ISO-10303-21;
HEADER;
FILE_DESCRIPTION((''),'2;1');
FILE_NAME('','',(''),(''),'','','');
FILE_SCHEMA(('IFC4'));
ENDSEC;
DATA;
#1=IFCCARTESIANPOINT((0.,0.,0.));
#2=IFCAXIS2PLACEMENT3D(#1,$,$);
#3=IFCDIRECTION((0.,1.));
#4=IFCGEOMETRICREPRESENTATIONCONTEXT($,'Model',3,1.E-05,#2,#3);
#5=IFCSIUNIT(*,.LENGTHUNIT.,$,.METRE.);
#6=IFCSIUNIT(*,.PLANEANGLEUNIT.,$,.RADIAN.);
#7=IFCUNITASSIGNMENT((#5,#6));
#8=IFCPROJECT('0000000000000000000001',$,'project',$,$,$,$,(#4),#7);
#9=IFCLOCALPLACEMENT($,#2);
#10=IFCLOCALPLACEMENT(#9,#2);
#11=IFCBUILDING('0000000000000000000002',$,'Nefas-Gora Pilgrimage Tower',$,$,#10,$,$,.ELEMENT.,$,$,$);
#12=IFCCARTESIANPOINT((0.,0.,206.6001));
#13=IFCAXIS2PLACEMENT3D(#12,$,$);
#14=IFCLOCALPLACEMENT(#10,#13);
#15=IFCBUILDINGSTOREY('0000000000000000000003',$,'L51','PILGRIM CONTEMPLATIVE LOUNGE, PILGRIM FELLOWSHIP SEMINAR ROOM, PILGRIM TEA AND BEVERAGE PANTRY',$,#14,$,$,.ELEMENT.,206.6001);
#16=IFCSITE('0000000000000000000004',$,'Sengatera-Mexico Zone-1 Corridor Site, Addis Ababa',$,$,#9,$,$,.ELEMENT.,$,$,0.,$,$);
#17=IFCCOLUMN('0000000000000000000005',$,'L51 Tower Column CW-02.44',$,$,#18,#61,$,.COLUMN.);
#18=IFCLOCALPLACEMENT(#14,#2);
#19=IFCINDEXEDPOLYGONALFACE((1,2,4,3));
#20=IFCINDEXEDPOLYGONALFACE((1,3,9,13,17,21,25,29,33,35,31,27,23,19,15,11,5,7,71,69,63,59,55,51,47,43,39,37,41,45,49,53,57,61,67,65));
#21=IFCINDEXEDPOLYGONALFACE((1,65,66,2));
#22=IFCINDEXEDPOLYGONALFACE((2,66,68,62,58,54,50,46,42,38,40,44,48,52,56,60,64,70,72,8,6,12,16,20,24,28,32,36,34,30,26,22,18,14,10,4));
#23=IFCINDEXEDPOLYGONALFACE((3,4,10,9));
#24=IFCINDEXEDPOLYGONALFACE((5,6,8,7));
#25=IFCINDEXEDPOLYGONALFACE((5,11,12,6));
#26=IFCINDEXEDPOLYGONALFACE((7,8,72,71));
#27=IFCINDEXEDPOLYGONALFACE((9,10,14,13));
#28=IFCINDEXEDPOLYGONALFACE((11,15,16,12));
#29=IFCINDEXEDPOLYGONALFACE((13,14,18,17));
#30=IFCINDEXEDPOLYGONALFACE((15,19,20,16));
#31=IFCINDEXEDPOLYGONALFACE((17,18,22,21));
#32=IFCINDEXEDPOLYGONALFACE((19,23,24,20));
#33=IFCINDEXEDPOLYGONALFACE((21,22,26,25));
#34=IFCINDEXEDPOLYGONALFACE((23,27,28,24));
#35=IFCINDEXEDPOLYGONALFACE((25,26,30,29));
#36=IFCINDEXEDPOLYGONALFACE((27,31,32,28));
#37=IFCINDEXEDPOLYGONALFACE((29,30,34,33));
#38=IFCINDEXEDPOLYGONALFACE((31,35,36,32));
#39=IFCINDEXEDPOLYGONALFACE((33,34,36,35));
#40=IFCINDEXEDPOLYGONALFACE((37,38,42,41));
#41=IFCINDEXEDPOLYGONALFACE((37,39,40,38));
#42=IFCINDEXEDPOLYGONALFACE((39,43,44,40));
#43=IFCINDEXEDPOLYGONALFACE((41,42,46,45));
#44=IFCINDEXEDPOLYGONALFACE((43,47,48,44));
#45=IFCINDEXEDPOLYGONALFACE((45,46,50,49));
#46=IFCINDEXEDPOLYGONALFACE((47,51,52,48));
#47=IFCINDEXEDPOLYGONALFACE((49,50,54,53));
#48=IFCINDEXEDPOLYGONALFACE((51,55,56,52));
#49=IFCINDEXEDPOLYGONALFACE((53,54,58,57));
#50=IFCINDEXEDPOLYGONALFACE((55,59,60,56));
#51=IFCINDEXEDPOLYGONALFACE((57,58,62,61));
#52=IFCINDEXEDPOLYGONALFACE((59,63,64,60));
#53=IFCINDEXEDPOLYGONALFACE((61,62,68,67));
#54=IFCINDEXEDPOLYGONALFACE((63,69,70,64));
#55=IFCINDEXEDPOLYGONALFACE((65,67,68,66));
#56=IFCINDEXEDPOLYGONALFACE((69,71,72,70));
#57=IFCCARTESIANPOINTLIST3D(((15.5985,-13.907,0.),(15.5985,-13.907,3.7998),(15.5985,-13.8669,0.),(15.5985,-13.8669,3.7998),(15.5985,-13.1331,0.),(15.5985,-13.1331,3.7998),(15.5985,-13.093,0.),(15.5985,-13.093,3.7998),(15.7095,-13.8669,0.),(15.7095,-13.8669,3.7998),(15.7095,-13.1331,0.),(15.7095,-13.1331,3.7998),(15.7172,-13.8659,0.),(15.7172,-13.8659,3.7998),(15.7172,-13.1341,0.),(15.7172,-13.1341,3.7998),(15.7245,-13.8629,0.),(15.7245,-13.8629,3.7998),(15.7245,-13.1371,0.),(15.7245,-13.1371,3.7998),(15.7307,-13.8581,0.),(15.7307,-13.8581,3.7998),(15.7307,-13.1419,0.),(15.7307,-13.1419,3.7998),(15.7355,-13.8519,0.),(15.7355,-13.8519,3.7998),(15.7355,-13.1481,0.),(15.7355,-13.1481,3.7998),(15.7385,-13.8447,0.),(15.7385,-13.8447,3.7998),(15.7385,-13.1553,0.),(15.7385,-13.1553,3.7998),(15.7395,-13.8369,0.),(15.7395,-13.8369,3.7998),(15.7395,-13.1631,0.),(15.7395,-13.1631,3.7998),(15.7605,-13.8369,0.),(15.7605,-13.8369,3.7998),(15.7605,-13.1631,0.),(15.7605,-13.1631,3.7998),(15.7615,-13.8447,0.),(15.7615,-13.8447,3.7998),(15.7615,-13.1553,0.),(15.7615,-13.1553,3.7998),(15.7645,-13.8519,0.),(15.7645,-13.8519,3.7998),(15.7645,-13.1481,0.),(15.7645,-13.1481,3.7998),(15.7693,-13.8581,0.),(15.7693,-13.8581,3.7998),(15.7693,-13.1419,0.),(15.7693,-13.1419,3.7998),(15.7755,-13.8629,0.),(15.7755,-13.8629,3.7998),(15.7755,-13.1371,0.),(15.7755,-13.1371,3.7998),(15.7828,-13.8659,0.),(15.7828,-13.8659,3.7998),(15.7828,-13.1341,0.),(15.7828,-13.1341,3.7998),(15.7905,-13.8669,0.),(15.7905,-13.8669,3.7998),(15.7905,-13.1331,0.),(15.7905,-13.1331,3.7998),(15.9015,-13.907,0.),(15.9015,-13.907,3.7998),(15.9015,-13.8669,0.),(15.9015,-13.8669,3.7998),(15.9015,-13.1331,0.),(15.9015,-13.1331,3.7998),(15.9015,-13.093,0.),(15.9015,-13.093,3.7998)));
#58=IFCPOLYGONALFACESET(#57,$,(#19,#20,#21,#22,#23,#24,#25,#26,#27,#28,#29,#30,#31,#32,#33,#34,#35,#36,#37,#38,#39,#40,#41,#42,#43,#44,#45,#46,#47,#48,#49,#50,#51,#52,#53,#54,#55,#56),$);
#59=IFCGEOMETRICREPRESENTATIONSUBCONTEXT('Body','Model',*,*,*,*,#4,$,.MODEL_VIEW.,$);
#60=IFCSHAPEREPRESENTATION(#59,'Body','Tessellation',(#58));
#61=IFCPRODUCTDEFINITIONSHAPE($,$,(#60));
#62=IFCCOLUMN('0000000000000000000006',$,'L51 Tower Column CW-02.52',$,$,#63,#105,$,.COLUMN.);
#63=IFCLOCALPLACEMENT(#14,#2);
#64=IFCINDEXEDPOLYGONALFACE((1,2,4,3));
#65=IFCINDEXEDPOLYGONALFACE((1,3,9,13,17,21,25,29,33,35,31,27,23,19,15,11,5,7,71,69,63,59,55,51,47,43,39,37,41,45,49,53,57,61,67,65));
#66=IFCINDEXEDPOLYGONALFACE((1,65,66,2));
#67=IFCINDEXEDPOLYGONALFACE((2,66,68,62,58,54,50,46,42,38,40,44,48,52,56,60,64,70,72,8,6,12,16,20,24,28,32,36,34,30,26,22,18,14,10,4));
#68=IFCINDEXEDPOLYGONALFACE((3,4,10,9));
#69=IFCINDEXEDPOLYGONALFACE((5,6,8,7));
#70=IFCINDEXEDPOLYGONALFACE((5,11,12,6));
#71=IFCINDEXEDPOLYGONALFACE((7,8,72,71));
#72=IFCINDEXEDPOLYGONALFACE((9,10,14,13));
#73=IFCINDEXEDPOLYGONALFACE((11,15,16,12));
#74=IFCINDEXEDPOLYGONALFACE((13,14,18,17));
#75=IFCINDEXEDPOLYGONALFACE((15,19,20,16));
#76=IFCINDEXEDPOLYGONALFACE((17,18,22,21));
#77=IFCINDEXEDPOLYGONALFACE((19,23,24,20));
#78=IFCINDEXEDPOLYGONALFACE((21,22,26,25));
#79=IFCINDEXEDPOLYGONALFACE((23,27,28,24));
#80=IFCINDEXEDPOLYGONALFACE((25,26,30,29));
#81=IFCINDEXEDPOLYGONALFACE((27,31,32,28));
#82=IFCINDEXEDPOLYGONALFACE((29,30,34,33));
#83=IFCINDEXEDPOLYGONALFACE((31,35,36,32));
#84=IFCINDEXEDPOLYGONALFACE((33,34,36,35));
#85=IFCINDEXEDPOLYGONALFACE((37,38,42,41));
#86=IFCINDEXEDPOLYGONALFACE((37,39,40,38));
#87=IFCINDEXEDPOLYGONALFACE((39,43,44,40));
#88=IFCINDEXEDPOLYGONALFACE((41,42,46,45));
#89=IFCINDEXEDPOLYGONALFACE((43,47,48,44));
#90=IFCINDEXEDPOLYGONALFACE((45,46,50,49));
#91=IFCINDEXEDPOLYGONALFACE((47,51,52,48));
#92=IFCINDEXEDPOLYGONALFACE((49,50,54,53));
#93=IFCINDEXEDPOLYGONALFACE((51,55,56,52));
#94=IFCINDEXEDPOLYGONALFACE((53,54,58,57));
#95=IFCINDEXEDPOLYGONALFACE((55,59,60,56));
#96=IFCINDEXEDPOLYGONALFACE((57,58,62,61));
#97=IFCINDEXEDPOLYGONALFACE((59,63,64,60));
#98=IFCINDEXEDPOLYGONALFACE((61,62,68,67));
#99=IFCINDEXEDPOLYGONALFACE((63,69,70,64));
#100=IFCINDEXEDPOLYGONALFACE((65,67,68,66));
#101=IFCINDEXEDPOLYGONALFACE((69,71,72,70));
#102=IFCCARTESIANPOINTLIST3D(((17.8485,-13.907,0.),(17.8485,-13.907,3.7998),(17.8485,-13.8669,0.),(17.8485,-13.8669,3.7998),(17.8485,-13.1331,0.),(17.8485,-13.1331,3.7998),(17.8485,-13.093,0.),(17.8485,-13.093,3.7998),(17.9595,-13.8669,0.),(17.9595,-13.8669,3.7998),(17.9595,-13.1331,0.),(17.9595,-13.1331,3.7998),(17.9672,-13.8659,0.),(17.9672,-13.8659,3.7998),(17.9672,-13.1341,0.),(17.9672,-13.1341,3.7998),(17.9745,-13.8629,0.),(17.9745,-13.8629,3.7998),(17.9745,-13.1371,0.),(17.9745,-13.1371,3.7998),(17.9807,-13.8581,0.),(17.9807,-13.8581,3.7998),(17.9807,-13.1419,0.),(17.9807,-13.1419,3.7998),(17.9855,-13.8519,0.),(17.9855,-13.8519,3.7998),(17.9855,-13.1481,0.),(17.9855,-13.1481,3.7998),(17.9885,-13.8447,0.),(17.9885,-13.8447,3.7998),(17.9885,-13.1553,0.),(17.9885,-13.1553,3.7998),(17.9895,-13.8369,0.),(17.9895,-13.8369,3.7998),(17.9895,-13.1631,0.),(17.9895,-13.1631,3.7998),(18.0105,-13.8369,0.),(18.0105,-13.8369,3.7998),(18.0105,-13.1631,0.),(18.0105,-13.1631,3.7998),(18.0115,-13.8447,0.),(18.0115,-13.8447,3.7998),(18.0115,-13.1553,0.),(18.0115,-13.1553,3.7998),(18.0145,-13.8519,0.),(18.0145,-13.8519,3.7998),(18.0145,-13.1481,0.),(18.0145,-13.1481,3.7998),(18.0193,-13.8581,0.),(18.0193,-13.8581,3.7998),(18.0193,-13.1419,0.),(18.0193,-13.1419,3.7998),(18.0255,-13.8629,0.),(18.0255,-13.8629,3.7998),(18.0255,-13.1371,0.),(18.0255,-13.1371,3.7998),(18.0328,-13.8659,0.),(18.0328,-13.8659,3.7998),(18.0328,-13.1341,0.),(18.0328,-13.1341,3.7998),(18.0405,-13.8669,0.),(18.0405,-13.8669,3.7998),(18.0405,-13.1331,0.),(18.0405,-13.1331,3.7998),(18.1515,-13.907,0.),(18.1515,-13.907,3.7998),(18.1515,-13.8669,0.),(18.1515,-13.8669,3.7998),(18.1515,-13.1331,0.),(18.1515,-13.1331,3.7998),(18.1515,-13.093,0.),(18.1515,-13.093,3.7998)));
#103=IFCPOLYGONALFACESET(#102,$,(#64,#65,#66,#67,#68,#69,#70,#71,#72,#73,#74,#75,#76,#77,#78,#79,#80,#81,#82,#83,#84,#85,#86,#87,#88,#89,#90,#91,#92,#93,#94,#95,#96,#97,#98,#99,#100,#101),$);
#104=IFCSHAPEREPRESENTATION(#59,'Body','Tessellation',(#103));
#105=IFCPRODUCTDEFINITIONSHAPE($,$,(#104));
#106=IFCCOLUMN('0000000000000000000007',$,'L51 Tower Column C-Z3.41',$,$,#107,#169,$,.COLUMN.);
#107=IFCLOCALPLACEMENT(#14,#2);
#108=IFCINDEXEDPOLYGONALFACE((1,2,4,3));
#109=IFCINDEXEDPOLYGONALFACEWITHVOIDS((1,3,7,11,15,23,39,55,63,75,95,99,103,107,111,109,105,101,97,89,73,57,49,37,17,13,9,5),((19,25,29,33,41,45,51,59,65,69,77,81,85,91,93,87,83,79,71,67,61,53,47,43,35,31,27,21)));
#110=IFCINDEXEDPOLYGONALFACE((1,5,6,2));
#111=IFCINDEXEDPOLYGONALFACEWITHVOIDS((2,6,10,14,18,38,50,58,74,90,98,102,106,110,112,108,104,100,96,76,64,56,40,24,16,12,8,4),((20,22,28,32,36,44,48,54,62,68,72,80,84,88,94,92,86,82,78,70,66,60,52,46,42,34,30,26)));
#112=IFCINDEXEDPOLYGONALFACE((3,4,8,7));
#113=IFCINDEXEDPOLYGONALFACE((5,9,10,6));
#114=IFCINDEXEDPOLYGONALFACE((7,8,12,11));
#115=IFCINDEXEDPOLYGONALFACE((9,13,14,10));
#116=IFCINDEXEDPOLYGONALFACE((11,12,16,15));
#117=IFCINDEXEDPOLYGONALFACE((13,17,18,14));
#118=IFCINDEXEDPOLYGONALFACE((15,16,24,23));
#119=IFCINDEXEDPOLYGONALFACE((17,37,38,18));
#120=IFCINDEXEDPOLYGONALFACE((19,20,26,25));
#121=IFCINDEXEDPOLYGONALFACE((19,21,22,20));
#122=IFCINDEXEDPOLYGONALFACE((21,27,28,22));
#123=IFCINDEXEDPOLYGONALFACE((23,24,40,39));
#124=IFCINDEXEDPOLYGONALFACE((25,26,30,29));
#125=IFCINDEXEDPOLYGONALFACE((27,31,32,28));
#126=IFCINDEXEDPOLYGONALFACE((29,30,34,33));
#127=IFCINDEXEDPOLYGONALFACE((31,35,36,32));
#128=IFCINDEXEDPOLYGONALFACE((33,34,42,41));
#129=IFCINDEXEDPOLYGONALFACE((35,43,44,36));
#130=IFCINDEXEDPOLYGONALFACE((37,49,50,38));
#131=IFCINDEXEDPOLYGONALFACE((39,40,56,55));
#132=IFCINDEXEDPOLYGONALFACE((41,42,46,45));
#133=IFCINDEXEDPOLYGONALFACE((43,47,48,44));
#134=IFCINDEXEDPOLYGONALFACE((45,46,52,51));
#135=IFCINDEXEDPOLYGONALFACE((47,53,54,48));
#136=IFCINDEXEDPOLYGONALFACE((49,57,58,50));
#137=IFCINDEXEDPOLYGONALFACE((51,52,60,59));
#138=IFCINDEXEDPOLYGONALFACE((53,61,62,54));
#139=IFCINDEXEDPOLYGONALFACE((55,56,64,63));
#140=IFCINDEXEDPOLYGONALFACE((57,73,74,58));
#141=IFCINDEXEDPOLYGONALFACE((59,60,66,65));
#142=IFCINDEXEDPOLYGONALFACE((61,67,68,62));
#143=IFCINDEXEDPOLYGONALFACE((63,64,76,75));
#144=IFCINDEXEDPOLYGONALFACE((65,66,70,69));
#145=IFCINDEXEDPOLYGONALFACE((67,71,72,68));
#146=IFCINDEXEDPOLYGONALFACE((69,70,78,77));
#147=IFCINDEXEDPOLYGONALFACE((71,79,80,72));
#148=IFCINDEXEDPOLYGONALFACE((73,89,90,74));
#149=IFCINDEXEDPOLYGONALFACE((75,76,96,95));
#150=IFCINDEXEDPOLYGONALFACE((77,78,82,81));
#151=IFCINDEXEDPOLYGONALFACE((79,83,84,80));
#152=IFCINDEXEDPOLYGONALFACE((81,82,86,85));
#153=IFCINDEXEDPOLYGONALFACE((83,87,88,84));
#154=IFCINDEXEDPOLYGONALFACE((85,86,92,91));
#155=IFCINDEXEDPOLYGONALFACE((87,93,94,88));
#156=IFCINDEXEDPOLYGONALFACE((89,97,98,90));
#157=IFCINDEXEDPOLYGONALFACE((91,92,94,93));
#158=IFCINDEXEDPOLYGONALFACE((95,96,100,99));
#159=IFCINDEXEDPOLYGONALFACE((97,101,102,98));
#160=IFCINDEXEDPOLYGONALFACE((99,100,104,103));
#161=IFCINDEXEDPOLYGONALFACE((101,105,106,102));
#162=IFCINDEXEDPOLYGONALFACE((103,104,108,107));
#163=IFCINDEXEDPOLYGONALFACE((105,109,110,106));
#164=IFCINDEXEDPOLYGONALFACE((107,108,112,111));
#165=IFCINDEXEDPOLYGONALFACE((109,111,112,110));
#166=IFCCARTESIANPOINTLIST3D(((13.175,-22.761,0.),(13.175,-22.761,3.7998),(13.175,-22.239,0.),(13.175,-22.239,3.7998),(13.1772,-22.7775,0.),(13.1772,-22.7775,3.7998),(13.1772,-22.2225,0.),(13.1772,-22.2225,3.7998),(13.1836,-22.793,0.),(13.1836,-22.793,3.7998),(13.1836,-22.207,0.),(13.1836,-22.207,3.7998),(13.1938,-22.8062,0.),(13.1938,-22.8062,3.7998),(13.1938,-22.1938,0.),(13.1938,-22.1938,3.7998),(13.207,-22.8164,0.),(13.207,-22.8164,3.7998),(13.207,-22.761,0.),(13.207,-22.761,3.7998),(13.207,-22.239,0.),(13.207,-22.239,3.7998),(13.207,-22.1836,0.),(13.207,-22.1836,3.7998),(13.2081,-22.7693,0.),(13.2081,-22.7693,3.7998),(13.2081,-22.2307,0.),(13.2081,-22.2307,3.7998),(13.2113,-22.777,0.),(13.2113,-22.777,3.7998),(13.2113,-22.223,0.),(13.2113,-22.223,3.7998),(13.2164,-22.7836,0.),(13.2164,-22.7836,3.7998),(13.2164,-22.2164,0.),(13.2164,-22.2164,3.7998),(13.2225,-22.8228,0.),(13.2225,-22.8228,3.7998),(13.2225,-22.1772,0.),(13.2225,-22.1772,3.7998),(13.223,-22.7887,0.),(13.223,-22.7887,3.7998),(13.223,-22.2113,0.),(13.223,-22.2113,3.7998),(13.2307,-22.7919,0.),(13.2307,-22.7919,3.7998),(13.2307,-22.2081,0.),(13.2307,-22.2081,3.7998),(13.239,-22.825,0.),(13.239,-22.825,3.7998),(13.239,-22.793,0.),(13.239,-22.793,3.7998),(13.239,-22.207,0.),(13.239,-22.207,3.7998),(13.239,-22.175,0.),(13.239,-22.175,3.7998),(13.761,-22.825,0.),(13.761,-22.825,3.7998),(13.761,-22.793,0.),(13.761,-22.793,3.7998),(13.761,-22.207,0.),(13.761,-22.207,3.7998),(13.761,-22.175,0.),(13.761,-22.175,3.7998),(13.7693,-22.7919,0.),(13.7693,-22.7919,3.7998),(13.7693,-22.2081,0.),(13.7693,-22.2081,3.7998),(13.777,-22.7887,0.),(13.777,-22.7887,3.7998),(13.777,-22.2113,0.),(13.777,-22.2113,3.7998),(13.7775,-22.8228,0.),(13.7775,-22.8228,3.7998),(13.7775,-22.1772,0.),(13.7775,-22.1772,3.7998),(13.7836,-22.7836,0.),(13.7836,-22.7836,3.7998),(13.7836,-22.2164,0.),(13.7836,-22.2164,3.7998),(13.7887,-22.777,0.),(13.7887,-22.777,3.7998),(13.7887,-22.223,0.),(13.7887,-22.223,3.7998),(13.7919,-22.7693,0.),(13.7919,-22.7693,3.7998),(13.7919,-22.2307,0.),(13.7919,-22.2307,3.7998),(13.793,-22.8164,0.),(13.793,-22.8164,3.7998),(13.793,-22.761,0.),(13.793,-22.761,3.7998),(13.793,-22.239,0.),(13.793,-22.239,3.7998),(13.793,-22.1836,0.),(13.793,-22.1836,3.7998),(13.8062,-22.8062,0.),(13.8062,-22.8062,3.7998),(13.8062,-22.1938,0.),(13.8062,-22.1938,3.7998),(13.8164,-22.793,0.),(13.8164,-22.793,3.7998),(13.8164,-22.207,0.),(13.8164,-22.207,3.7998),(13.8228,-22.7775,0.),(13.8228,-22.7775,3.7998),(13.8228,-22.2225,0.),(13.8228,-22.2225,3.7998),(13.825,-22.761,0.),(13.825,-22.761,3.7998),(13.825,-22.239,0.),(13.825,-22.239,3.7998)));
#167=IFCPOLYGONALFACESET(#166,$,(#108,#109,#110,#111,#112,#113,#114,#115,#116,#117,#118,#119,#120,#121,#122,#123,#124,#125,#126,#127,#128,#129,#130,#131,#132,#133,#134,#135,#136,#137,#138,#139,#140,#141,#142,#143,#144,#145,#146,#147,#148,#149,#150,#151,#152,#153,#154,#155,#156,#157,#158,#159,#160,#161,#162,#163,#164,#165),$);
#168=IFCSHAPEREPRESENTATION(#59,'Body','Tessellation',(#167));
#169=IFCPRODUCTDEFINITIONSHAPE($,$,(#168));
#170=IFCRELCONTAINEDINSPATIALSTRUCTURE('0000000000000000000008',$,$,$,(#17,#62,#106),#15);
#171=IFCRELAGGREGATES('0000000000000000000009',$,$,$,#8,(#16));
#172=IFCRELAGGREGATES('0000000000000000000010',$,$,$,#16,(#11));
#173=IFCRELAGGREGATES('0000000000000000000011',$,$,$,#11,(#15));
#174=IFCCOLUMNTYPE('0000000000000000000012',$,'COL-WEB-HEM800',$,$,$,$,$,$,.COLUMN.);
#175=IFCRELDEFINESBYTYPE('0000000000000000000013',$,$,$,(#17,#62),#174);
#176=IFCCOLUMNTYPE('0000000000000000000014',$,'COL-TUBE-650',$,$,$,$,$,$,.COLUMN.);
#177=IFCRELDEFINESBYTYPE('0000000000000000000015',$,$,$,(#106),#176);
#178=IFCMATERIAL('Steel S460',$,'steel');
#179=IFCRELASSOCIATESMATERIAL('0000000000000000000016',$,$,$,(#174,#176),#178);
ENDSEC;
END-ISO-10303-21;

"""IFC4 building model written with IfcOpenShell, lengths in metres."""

from ifc_helpers import new_model, si_unit, direction, frame, origin, origin_2d, place, context, subcontext, project, spatial, hollow_rectangle, i_section, extrude, source, transform, mapped, material, material_profile, profile_set, type_object, element, save


model = new_model("IFC4")

# Units and contexts
model_context = context("Model", 3, precision=1e-05, world=origin(), true_north=direction((0.0, 1.0)))
body_context = subcontext(model_context, "Body", "Model", "MODEL_VIEW")
ifc_project = project(units=[si_unit("LENGTHUNIT", "METRE"), si_unit("PLANEANGLEUNIT", "RADIAN")], contexts=[model_context])

# Site, building, storey
site_placement = place(None, origin())
site = spatial("IfcSite", under=ifc_project, at=site_placement, Name="Sengatera-Mexico Zone-1 Corridor Site, Addis Ababa", CompositionType="ELEMENT", RefElevation=0.0)
building_placement = place(site_placement, origin())
building = spatial("IfcBuilding", under=site, at=building_placement, Name="Nefas-Gora Pilgrimage Tower", CompositionType="ELEMENT")
storey_placement = place(building_placement, frame((0.0, 0.0, 206.6001)))
storey = spatial("IfcBuildingStorey", under=building, at=storey_placement, Name="L51", Description="PILGRIM CONTEMPLATIVE LOUNGE, PILGRIM FELLOWSHIP SEMINAR ROOM, PILGRIM TEA AND BEVERAGE PANTRY", CompositionType="ELEMENT", Elevation=206.6001)

# Columns
ifc_material_1 = material(Name="Steel S460", Category="steel")
ifc_material_profile_1 = material_profile(ifc_material_1, i_section(OverallWidth=0.303, OverallDepth=0.814, WebThickness=0.021, FlangeThickness=0.04, FilletRadius=0.03, at=origin_2d()), Name="HEM 800")
ifc_profile_set_1 = profile_set([ifc_material_profile_1], Name="Steel S460")
column_type_1 = type_object("IfcColumnType", Name="COL-WEB-HEM800", PredefinedType="COLUMN", material=ifc_profile_set_1)
shared_shape_1 = source(origin(), body_context, "Body", "SweptSolid", [
    extrude(i_section(OverallWidth=0.303, OverallDepth=0.814, WebThickness=0.021, FlangeThickness=0.04, FilletRadius=0.03, at=origin_2d()), origin(), (0.0, 0.0, 1.0), 3.7998),
])
for number, where, z_axis, x_axis, name in (
    (1, (15.75, -13.5, 0.0), (0.0, 0.0, 1.0), (1.0, 0.0, 0.0), "L51 Tower Column CW-02.44"),
    (2, (18.0, -13.5, 0.0), (0.0, 0.0, 1.0), (1.0, 0.0, 0.0), "L51 Tower Column CW-02.52"),
):
    element("IfcColumn", number, at=place(storey_placement, frame(where, z_axis=z_axis, x_axis=x_axis)), inside=storey, type_object=column_type_1, Name=name, PredefinedType="COLUMN", context=body_context, shape_type="MappedRepresentation", body=[
        mapped(shared_shape_1, transform((0.0, 0.0, 0.0), x_axis=(1.0, 0.0, 0.0), y_axis=(0.0, 1.0, 0.0), z_axis=(0.0, 0.0, 1.0), scale=1.0)),
    ])
ifc_material_profile_2 = material_profile(ifc_material_1, hollow_rectangle(XDim=0.6499, YDim=0.6499, WallThickness=0.032, InnerFilletRadius=0.032, OuterFilletRadius=0.064, at=origin_2d()), Name="BOX 650x650x32")
ifc_profile_set_2 = profile_set([ifc_material_profile_2], Name="Steel S460")
column_type_2 = type_object("IfcColumnType", Name="COL-TUBE-650", PredefinedType="COLUMN", material=ifc_profile_set_2)
shared_shape_2 = source(origin(), body_context, "Body", "SweptSolid", [
    extrude(hollow_rectangle(XDim=0.6499, YDim=0.6499, WallThickness=0.032, InnerFilletRadius=0.032, OuterFilletRadius=0.064, at=origin_2d()), origin(), (0.0, 0.0, 1.0), 3.7998),
])
for number, where, z_axis, x_axis, name in (
    (3, (13.5, -22.5, 0.0), (0.0, 0.0, 1.0), (1.0, 0.0, 0.0), "L51 Tower Column C-Z3.41"),
):
    element("IfcColumn", number, at=place(storey_placement, frame(where, z_axis=z_axis, x_axis=x_axis)), inside=storey, type_object=column_type_2, Name=name, PredefinedType="COLUMN", context=body_context, shape_type="MappedRepresentation", body=[
        mapped(shared_shape_2, transform((0.0, 0.0, 0.0), x_axis=(1.0, 0.0, 0.0), y_axis=(0.0, 1.0, 0.0), z_axis=(0.0, 0.0, 1.0), scale=1.0)),
    ])

save(model, "model.ifc")
